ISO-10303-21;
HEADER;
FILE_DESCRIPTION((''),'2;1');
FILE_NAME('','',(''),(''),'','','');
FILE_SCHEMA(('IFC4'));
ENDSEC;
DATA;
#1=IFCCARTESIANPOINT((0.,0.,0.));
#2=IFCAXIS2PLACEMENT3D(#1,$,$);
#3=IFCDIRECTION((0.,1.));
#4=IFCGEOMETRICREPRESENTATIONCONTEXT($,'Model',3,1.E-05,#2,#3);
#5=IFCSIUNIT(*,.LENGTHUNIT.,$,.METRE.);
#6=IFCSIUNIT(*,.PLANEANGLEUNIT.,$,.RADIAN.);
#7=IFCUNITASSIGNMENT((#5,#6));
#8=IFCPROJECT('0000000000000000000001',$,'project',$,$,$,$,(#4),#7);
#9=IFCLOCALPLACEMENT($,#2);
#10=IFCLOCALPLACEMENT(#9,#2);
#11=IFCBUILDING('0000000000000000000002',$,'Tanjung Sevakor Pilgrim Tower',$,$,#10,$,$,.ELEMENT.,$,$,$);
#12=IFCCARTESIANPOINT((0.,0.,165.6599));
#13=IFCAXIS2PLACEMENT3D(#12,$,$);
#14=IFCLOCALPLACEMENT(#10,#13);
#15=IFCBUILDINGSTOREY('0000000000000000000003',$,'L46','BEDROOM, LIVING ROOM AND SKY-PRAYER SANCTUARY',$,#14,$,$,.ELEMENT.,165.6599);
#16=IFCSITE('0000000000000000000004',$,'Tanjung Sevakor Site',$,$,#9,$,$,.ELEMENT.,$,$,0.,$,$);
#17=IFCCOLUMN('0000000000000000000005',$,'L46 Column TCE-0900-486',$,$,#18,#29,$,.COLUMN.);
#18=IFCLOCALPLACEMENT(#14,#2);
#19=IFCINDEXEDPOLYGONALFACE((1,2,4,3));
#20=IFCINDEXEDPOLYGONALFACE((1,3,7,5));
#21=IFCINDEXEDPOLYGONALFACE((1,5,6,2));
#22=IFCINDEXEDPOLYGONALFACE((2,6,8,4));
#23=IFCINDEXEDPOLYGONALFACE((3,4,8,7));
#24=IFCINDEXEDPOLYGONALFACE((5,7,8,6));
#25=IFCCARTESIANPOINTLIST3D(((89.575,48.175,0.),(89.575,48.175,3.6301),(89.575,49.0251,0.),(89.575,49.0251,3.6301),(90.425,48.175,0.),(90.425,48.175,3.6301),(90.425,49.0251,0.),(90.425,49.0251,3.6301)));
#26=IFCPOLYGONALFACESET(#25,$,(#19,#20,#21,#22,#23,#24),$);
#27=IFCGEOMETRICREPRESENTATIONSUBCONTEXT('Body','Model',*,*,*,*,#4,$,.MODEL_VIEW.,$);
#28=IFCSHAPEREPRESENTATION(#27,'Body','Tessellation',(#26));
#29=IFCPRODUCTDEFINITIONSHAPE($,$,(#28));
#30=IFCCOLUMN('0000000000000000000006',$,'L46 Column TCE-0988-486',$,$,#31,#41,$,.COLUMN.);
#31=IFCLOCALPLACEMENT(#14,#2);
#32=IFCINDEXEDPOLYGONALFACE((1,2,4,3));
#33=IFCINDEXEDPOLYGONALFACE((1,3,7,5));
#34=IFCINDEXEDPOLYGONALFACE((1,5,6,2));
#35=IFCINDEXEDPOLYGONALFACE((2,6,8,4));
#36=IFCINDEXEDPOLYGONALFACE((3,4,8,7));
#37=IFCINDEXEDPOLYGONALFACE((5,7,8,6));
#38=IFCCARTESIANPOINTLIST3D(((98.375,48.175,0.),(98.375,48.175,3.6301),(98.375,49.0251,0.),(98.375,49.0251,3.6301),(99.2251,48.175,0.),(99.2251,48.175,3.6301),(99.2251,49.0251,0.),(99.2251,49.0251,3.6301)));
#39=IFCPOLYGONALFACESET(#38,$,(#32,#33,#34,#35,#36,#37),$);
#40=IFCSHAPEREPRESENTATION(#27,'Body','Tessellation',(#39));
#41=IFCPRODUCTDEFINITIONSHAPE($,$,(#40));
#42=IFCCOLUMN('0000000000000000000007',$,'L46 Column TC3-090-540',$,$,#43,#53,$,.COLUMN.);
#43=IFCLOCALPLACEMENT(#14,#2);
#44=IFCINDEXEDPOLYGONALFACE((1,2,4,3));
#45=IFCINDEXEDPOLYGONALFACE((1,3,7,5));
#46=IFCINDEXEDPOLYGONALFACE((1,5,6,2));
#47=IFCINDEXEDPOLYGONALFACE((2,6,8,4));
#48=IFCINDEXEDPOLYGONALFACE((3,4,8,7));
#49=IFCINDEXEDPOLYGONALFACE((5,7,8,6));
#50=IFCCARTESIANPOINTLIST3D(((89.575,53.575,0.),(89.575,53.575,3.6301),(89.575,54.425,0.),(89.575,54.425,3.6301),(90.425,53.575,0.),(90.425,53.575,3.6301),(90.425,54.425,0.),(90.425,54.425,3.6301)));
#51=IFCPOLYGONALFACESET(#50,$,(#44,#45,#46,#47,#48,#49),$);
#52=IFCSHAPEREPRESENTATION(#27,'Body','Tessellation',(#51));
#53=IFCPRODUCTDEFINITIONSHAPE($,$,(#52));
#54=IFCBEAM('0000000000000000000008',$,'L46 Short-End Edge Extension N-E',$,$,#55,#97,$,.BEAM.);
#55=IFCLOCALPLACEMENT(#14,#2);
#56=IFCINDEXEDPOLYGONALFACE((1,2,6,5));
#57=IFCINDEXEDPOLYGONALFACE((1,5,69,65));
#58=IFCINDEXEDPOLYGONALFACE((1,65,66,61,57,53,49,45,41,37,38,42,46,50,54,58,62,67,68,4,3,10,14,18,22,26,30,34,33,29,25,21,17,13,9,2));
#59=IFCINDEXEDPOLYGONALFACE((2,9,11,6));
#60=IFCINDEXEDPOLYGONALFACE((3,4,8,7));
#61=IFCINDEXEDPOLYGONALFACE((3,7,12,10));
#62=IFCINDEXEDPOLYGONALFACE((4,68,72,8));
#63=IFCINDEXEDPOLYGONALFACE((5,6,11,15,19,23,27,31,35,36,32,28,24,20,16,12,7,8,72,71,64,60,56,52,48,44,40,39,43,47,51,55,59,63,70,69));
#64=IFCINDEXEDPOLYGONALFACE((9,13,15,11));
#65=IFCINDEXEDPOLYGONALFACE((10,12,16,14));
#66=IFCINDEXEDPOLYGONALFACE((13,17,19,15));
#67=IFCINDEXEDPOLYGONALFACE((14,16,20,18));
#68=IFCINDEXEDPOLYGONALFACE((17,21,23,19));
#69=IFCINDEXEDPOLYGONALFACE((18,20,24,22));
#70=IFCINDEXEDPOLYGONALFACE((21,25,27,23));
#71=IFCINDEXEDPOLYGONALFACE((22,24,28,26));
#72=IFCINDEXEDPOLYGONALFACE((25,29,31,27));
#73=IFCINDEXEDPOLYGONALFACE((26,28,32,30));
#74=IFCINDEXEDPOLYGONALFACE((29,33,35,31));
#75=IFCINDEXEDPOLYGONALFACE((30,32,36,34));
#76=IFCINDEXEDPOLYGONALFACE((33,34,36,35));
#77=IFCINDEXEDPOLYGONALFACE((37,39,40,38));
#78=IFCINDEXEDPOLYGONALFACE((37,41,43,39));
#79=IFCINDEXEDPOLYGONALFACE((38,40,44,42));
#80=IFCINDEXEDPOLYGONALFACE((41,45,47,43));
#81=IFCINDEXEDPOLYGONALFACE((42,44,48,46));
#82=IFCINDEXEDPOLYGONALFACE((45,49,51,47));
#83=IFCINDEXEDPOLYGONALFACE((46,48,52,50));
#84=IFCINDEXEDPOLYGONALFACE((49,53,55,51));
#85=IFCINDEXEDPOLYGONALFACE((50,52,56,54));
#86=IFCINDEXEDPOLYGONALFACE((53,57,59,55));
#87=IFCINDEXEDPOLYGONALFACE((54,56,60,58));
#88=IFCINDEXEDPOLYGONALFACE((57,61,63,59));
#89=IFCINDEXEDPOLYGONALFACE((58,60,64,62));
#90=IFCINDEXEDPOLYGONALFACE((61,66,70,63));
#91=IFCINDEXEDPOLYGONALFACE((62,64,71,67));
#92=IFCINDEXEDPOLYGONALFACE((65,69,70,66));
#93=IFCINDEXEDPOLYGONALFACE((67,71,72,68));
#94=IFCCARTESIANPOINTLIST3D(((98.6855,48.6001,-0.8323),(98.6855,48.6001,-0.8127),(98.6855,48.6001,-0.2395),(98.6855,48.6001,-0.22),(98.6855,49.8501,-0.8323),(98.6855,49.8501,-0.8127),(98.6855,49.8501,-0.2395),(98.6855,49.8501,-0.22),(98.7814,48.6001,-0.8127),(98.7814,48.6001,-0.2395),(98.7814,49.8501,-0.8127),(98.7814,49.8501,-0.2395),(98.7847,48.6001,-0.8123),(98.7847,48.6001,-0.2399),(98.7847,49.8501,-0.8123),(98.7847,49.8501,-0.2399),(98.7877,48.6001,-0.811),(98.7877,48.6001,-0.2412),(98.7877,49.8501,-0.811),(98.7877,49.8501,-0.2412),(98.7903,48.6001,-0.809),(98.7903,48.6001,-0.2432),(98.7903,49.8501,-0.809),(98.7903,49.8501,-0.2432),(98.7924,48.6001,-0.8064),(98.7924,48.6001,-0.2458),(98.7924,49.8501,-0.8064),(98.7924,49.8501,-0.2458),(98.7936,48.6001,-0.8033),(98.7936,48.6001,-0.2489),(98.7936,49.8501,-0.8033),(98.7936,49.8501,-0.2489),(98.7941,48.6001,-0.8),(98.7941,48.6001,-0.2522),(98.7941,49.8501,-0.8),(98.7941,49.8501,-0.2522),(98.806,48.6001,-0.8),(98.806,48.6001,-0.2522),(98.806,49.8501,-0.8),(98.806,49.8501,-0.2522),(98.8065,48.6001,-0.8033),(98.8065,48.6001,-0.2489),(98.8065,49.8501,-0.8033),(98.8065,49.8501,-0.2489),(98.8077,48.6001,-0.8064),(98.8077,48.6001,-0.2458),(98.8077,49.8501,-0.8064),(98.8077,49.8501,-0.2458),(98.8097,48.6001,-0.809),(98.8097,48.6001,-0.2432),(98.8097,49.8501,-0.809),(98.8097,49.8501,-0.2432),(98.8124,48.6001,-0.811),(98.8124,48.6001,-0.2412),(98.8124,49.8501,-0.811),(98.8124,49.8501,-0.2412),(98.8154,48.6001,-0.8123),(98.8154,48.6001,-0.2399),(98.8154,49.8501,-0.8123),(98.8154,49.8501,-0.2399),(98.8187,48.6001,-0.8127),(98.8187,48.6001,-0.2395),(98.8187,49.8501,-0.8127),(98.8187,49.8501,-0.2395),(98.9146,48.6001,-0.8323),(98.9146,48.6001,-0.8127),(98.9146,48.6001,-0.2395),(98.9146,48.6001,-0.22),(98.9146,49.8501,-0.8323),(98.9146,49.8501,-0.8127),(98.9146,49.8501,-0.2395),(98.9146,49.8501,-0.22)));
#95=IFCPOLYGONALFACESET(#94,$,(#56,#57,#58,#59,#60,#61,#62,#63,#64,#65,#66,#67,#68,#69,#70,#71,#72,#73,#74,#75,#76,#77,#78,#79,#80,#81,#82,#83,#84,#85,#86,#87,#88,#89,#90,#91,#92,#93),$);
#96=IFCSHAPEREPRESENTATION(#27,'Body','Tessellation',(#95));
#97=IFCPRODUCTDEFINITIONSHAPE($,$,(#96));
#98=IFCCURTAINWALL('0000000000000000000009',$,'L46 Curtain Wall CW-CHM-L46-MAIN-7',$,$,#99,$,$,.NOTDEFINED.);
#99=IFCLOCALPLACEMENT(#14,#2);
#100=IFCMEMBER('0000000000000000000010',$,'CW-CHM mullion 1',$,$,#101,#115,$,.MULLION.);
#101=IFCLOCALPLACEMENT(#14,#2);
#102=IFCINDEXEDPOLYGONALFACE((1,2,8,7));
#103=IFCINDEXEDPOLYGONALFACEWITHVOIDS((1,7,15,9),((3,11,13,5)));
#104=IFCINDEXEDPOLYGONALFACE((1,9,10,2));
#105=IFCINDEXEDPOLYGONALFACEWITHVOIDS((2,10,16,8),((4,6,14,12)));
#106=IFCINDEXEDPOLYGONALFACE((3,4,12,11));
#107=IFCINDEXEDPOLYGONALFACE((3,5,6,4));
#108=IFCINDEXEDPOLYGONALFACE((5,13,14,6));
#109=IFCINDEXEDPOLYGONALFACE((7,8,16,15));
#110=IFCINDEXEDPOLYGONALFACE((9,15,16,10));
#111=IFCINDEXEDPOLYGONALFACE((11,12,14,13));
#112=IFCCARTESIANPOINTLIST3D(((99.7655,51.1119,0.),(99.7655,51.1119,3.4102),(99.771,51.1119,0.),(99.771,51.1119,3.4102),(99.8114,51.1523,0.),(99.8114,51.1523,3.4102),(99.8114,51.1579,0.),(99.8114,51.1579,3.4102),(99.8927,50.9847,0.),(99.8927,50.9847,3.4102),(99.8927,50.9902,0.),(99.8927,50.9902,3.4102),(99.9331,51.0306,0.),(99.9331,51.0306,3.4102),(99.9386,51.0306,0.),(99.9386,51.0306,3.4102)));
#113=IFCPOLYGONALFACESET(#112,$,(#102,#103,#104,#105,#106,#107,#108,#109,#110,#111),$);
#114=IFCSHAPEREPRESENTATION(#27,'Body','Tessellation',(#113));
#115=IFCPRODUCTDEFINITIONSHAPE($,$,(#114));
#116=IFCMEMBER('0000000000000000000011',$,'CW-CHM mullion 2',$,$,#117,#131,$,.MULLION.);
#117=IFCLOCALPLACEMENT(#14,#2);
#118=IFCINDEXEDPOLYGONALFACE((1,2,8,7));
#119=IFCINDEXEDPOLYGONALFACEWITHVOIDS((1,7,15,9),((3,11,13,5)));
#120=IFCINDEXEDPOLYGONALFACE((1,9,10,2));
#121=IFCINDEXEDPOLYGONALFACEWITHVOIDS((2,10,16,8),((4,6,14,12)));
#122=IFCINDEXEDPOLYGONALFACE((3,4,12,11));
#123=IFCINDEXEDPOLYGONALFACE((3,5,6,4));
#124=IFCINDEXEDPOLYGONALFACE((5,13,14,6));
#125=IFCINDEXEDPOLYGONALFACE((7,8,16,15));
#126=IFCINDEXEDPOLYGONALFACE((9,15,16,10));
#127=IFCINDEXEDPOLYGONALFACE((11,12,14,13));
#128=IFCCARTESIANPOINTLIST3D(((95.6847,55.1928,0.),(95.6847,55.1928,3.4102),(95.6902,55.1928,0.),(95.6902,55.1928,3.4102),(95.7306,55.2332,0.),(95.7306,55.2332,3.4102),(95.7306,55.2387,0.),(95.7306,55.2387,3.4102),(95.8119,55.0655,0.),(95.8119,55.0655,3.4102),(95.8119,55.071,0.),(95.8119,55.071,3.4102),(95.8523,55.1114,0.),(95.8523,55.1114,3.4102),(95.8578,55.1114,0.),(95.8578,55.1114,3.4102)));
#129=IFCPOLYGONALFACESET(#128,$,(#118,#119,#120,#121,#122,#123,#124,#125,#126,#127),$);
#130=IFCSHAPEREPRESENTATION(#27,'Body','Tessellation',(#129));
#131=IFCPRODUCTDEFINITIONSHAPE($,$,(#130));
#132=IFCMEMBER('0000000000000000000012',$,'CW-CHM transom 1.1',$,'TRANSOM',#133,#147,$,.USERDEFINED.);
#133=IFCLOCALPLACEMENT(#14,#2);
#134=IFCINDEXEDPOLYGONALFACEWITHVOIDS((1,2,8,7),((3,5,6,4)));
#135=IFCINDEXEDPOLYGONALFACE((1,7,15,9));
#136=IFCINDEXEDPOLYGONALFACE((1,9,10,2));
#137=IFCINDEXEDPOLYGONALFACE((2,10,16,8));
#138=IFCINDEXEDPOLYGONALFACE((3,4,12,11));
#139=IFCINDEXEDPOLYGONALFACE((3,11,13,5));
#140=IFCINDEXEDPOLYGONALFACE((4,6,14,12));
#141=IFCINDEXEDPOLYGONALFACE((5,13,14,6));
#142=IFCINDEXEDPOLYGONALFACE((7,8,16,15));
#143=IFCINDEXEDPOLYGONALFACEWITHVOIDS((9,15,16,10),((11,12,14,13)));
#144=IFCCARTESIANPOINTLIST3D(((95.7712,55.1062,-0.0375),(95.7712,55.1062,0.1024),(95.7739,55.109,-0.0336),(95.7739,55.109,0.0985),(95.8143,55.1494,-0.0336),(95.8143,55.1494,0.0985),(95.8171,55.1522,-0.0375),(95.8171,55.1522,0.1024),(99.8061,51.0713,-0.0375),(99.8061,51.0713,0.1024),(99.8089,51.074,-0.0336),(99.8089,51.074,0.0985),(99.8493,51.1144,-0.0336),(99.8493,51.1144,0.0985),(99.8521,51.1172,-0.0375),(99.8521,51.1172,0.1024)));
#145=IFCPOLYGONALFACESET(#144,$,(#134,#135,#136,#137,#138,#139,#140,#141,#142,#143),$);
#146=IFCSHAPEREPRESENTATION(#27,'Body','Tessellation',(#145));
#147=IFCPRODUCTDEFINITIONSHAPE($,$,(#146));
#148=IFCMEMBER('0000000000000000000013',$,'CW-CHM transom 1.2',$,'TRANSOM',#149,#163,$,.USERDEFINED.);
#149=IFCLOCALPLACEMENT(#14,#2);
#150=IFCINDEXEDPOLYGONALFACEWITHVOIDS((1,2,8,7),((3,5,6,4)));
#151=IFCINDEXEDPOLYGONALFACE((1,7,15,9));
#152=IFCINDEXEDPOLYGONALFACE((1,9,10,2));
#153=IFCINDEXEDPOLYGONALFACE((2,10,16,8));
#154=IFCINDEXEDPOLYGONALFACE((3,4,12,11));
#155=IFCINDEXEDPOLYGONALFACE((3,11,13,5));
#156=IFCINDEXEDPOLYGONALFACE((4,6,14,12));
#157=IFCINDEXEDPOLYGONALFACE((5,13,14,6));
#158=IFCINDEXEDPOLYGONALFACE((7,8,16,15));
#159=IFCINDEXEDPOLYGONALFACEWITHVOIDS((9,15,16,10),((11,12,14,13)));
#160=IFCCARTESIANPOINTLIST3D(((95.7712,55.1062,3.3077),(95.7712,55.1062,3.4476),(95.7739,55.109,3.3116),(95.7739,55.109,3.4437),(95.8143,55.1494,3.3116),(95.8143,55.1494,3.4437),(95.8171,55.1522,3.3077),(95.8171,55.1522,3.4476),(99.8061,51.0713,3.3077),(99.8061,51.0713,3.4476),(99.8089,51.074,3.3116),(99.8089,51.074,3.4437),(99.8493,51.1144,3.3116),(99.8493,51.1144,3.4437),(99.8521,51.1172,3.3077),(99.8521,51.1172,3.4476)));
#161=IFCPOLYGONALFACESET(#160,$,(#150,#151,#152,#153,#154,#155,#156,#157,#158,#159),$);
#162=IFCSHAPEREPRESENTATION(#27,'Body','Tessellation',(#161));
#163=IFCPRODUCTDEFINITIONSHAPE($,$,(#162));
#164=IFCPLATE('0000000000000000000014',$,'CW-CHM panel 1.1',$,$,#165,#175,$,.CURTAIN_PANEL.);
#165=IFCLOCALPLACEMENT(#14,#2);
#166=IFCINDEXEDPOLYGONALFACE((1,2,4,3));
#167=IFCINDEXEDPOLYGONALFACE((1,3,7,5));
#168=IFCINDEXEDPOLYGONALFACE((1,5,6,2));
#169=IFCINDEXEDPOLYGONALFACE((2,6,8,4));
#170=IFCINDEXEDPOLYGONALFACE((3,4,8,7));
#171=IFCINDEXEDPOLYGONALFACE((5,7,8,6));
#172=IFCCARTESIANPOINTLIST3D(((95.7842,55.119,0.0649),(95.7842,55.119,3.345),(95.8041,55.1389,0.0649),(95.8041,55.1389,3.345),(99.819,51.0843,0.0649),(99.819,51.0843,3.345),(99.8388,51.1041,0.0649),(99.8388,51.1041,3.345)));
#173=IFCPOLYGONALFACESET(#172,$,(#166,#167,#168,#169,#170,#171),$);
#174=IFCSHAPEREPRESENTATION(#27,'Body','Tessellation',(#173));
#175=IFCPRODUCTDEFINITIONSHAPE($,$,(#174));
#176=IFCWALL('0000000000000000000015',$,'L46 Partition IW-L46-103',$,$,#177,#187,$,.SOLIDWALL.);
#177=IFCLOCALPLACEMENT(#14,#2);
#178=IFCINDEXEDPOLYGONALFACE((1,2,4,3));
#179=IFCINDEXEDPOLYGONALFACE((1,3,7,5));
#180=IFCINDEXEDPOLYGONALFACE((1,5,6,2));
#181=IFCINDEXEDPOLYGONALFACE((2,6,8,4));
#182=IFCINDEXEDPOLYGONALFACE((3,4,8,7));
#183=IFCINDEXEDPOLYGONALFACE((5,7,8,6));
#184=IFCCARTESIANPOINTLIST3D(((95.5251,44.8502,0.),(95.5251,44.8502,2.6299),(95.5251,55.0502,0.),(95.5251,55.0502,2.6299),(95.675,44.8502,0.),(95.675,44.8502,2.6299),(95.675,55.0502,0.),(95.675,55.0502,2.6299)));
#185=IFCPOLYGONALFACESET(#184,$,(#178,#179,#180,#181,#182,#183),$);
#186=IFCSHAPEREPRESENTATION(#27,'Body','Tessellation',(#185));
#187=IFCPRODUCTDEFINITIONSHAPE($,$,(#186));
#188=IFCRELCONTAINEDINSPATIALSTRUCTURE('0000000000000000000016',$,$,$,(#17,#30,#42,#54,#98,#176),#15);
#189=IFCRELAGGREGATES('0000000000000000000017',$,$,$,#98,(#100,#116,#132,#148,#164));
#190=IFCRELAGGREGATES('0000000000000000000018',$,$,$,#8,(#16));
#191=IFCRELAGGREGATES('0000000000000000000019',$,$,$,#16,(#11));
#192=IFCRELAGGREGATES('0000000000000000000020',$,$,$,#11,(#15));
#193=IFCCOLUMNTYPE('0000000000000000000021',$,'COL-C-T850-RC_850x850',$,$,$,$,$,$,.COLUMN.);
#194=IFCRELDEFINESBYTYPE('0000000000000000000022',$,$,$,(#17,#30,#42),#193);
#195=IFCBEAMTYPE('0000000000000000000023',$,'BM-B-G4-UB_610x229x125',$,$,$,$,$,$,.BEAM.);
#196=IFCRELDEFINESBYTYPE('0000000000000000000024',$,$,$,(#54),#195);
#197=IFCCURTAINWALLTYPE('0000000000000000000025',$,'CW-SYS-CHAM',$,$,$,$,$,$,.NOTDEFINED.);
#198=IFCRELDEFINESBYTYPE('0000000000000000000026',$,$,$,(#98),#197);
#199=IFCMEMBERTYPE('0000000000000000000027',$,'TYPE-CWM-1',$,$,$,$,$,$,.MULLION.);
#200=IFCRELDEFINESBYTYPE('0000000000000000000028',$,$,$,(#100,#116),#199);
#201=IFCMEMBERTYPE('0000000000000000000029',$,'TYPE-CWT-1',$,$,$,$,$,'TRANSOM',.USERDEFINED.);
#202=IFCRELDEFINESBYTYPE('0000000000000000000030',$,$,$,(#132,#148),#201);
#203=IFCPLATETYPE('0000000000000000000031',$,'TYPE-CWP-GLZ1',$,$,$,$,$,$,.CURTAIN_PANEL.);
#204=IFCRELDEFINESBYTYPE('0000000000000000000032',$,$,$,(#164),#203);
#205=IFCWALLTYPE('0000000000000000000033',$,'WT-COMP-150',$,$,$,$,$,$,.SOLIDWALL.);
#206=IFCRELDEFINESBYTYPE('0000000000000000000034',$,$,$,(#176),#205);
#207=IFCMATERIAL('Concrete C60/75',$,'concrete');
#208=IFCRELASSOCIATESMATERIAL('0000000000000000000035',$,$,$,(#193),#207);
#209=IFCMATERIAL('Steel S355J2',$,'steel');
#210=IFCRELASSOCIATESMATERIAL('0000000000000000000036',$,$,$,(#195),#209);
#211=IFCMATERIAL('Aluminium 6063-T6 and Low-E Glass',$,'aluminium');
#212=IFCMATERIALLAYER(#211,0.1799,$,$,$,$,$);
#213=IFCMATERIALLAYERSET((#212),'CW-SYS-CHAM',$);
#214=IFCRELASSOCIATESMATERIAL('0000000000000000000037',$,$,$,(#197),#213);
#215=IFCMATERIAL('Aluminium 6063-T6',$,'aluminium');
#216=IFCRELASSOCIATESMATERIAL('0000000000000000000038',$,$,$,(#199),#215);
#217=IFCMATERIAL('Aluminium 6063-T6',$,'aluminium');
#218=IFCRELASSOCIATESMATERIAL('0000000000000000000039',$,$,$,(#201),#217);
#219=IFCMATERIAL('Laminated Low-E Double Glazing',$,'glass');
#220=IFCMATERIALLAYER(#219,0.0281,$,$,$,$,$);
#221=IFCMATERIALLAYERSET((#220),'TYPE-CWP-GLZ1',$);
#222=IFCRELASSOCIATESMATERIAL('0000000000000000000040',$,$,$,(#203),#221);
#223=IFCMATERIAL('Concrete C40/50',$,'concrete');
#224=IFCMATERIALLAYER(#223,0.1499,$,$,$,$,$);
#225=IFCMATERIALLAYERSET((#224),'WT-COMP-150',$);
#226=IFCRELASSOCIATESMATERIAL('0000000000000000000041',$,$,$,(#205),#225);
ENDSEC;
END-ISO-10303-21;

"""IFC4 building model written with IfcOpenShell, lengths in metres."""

from ifc_helpers import new_model, si_unit, direction, frame, frame_2d, origin, origin_2d, place, context, subcontext, project, spatial, rectangle, hollow_rectangle, i_section, extrude, material, layer, layer_set, material_profile, profile_set, type_object, element, aggregate, save


model = new_model("IFC4")

# Units and contexts
model_context = context("Model", 3, precision=1e-05, world=origin(), true_north=direction((0.0, 1.0)))
body_context = subcontext(model_context, "Body", "Model", "MODEL_VIEW")
ifc_project = project(units=[si_unit("LENGTHUNIT", "METRE"), si_unit("PLANEANGLEUNIT", "RADIAN")], contexts=[model_context])

# Site, building, storey
site_placement = place(None, origin())
site = spatial("IfcSite", under=ifc_project, at=site_placement, Name="Tanjung Sevakor Site", CompositionType="ELEMENT", RefElevation=0.0)
building_placement = place(site_placement, origin())
building = spatial("IfcBuilding", under=site, at=building_placement, Name="Tanjung Sevakor Pilgrim Tower", CompositionType="ELEMENT")
storey_placement = place(building_placement, frame((0.0, 0.0, 165.6599)))
storey = spatial("IfcBuildingStorey", under=building, at=storey_placement, Name="L46", Description="BEDROOM, LIVING ROOM AND SKY-PRAYER SANCTUARY", CompositionType="ELEMENT", Elevation=165.6599)

# Columns
ifc_material_1 = material(Name="Concrete C60/75", Category="concrete")
ifc_material_profile_1 = material_profile(ifc_material_1, rectangle(XDim=0.8501, YDim=0.8501, at=origin_2d()))
ifc_profile_set_1 = profile_set([ifc_material_profile_1], Name="Concrete C60/75")
column_type = type_object("IfcColumnType", Name="COL-C-T850-RC_850x850", PredefinedType="COLUMN", material=ifc_profile_set_1)
for number, where, z_axis, x_axis, name in (
    (1, (90.0, 48.6001, 0.0), (0.0, 0.0, 1.0), (1.0, 0.0, 0.0), "L46 Column TCE-0900-486"),
    (2, (98.8, 48.6001, 0.0), (0.0, 0.0, 1.0), (1.0, 0.0, 0.0), "L46 Column TCE-0988-486"),
    (3, (90.0, 54.0, 0.0), (0.0, 0.0, 1.0), (1.0, 0.0, 0.0), "L46 Column TC3-090-540"),
):
    element("IfcColumn", number, at=place(storey_placement, frame(where, z_axis=z_axis, x_axis=x_axis)), inside=storey, type_object=column_type, Name=name, PredefinedType="COLUMN", context=body_context, shape_type="SweptSolid", body=[
        extrude(rectangle(XDim=0.8501, YDim=0.8501, at=origin_2d()), origin(), (0.0, 0.0, 1.0), 3.6301),
    ])

# Beam
ifc_material_2 = material(Name="Steel S355J2", Category="steel")
ifc_material_profile_2 = material_profile(ifc_material_2, i_section(OverallWidth=0.229, OverallDepth=0.6123, WebThickness=0.012, FlangeThickness=0.0195, FilletRadius=0.0127, at=origin_2d()))
ifc_profile_set_2 = profile_set([ifc_material_profile_2], Name="Steel S355J2")
beam_type = type_object("IfcBeamType", Name="BM-B-G4-UB_610x229x125", PredefinedType="BEAM", material=ifc_profile_set_2)
beam_placement = place(storey_placement, frame((98.8, 48.6001, -0.5261), z_axis=(0.0, 1.0, 0.0), x_axis=(-1.0, 0.0, 0.0)))
element("IfcBeam", 4, at=beam_placement, inside=storey, type_object=beam_type, Name="L46 Short-End Edge Extension N-E", PredefinedType="BEAM", context=body_context, shape_type="SweptSolid", body=[
    extrude(i_section(OverallWidth=0.229, OverallDepth=0.6123, WebThickness=0.012, FlangeThickness=0.0195, FilletRadius=0.0127, at=origin_2d()), origin(), (0.0, 0.0, 1.0), 1.25),
])

# Curtain wall, members, plate
ifc_material_3 = material(Name="Aluminium 6063-T6 and Low-E Glass", Category="aluminium")
ifc_layer_1 = layer(ifc_material_3, 0.1799)
ifc_layer_set_1 = layer_set([ifc_layer_1], Name="CW-SYS-CHAM")
curtain_wall_type = type_object("IfcCurtainWallType", Name="CW-SYS-CHAM", PredefinedType="NOTDEFINED", material=ifc_layer_set_1)
curtain_wall_placement = place(storey_placement, origin())
curtain_wall = element("IfcCurtainWall", 5, at=curtain_wall_placement, inside=storey, type_object=curtain_wall_type, Name="L46 Curtain Wall CW-CHM-L46-MAIN-7", PredefinedType="NOTDEFINED")
ifc_material_4 = material(Name="Aluminium 6063-T6", Category="aluminium")
ifc_material_profile_3 = material_profile(ifc_material_4, hollow_rectangle(XDim=0.0649, YDim=0.1799, WallThickness=0.0039, at=origin_2d()))
ifc_profile_set_3 = profile_set([ifc_material_profile_3], Name="Aluminium 6063-T6")
member_type_1 = type_object("IfcMemberType", Name="TYPE-CWM-1", PredefinedType="MULLION", material=ifc_profile_set_3)
member_1_placement = place(storey_placement, frame((99.8521, 51.0713, 0.0), z_axis=(0.0, 0.0, 1.0), x_axis=(-0.707107, -0.707107, 0.0)))
member_1 = element("IfcMember", 6, at=member_1_placement, type_object=member_type_1, Name="CW-CHM mullion 1", PredefinedType="MULLION", context=body_context, shape_type="SweptSolid", body=[
    extrude(hollow_rectangle(XDim=0.0649, YDim=0.1799, WallThickness=0.0039, at=origin_2d()), origin(), (0.0, 0.0, 1.0), 3.4102),
])
member_2_placement = place(storey_placement, frame((95.7712, 55.1521, 0.0), z_axis=(0.0, 0.0, 1.0), x_axis=(-0.707107, -0.707107, 0.0)))
member_2 = element("IfcMember", 7, at=member_2_placement, type_object=member_type_1, Name="CW-CHM mullion 2", PredefinedType="MULLION", context=body_context, shape_type="SweptSolid", body=[
    extrude(hollow_rectangle(XDim=0.0649, YDim=0.1799, WallThickness=0.0039, at=origin_2d()), origin(), (0.0, 0.0, 1.0), 3.4102),
])
ifc_material_5 = material(Name="Aluminium 6063-T6", Category="aluminium")
ifc_material_profile_4 = material_profile(ifc_material_5, hollow_rectangle(XDim=0.0649, YDim=0.1399, WallThickness=0.0039, at=origin_2d()))
ifc_profile_set_4 = profile_set([ifc_material_profile_4], Name="Aluminium 6063-T6")
member_type_2 = type_object("IfcMemberType", Name="TYPE-CWT-1", ElementType="TRANSOM", PredefinedType="USERDEFINED", material=ifc_profile_set_4)
member_3_placement = place(storey_placement, frame((99.8291, 51.0942, 0.0325), z_axis=(-0.707107, 0.707107, 0.0), x_axis=(-0.707107, -0.707107, 0.0)))
member_3 = element("IfcMember", 8, at=member_3_placement, type_object=member_type_2, Name="CW-CHM transom 1.1", ObjectType="TRANSOM", PredefinedType="USERDEFINED", context=body_context, shape_type="SweptSolid", body=[
    extrude(hollow_rectangle(XDim=0.0649, YDim=0.1399, WallThickness=0.0039, at=origin_2d()), origin(), (0.0, 0.0, 1.0), 5.7063),
])
member_4_placement = place(storey_placement, frame((99.8291, 51.0942, 3.3777), z_axis=(-0.707107, 0.707107, 0.0), x_axis=(-0.707107, -0.707107, 0.0)))
member_4 = element("IfcMember", 9, at=member_4_placement, type_object=member_type_2, Name="CW-CHM transom 1.2", ObjectType="TRANSOM", PredefinedType="USERDEFINED", context=body_context, shape_type="SweptSolid", body=[
    extrude(hollow_rectangle(XDim=0.0649, YDim=0.1399, WallThickness=0.0039, at=origin_2d()), origin(), (0.0, 0.0, 1.0), 5.7063),
])
ifc_material_6 = material(Name="Laminated Low-E Double Glazing", Category="glass")
ifc_layer_2 = layer(ifc_material_6, 0.0281)
ifc_layer_set_2 = layer_set([ifc_layer_2], Name="TYPE-CWP-GLZ1")
plate_type = type_object("IfcPlateType", Name="TYPE-CWP-GLZ1", PredefinedType="CURTAIN_PANEL", material=ifc_layer_set_2)
plate_placement = place(storey_placement, frame((97.8115, 53.1116, 0.0649), z_axis=(0.0, 0.0, 1.0), x_axis=(-0.707107, 0.707107, 0.0)))
plate = element("IfcPlate", 10, at=plate_placement, type_object=plate_type, Name="CW-CHM panel 1.1", PredefinedType="CURTAIN_PANEL", context=body_context, shape_type="SweptSolid", body=[
    extrude(rectangle(XDim=5.7061, YDim=0.0281, at=origin_2d()), origin(), (0.0, 0.0, 1.0), 3.28),
])
aggregate(curtain_wall, [member_1, member_2, member_3, member_4, plate])

# Wall
ifc_material_7 = material(Name="Concrete C40/50", Category="concrete")
ifc_layer_3 = layer(ifc_material_7, 0.1499)
ifc_layer_set_3 = layer_set([ifc_layer_3], Name="WT-COMP-150")
wall_type_1 = type_object("IfcWallType", Name="WT-COMP-150", PredefinedType="SOLIDWALL", material=ifc_layer_set_3)
wall_1_placement = place(storey_placement, frame((95.6001, 44.8501, 0.0), z_axis=(0.0, 0.0, 1.0), x_axis=(0.0, 1.0, 0.0)))
element("IfcWall", 11, at=wall_1_placement, inside=storey, type_object=wall_type_1, Name="L46 Partition IW-L46-103", PredefinedType="SOLIDWALL", context=body_context, shape_type="SweptSolid", body=[
    extrude(rectangle(XDim=10.2, YDim=0.1499, at=frame_2d((5.1001, 0.0))), origin(), (0.0, 0.0, 1.0), 2.6299),
])

save(model, "model.ifc")
